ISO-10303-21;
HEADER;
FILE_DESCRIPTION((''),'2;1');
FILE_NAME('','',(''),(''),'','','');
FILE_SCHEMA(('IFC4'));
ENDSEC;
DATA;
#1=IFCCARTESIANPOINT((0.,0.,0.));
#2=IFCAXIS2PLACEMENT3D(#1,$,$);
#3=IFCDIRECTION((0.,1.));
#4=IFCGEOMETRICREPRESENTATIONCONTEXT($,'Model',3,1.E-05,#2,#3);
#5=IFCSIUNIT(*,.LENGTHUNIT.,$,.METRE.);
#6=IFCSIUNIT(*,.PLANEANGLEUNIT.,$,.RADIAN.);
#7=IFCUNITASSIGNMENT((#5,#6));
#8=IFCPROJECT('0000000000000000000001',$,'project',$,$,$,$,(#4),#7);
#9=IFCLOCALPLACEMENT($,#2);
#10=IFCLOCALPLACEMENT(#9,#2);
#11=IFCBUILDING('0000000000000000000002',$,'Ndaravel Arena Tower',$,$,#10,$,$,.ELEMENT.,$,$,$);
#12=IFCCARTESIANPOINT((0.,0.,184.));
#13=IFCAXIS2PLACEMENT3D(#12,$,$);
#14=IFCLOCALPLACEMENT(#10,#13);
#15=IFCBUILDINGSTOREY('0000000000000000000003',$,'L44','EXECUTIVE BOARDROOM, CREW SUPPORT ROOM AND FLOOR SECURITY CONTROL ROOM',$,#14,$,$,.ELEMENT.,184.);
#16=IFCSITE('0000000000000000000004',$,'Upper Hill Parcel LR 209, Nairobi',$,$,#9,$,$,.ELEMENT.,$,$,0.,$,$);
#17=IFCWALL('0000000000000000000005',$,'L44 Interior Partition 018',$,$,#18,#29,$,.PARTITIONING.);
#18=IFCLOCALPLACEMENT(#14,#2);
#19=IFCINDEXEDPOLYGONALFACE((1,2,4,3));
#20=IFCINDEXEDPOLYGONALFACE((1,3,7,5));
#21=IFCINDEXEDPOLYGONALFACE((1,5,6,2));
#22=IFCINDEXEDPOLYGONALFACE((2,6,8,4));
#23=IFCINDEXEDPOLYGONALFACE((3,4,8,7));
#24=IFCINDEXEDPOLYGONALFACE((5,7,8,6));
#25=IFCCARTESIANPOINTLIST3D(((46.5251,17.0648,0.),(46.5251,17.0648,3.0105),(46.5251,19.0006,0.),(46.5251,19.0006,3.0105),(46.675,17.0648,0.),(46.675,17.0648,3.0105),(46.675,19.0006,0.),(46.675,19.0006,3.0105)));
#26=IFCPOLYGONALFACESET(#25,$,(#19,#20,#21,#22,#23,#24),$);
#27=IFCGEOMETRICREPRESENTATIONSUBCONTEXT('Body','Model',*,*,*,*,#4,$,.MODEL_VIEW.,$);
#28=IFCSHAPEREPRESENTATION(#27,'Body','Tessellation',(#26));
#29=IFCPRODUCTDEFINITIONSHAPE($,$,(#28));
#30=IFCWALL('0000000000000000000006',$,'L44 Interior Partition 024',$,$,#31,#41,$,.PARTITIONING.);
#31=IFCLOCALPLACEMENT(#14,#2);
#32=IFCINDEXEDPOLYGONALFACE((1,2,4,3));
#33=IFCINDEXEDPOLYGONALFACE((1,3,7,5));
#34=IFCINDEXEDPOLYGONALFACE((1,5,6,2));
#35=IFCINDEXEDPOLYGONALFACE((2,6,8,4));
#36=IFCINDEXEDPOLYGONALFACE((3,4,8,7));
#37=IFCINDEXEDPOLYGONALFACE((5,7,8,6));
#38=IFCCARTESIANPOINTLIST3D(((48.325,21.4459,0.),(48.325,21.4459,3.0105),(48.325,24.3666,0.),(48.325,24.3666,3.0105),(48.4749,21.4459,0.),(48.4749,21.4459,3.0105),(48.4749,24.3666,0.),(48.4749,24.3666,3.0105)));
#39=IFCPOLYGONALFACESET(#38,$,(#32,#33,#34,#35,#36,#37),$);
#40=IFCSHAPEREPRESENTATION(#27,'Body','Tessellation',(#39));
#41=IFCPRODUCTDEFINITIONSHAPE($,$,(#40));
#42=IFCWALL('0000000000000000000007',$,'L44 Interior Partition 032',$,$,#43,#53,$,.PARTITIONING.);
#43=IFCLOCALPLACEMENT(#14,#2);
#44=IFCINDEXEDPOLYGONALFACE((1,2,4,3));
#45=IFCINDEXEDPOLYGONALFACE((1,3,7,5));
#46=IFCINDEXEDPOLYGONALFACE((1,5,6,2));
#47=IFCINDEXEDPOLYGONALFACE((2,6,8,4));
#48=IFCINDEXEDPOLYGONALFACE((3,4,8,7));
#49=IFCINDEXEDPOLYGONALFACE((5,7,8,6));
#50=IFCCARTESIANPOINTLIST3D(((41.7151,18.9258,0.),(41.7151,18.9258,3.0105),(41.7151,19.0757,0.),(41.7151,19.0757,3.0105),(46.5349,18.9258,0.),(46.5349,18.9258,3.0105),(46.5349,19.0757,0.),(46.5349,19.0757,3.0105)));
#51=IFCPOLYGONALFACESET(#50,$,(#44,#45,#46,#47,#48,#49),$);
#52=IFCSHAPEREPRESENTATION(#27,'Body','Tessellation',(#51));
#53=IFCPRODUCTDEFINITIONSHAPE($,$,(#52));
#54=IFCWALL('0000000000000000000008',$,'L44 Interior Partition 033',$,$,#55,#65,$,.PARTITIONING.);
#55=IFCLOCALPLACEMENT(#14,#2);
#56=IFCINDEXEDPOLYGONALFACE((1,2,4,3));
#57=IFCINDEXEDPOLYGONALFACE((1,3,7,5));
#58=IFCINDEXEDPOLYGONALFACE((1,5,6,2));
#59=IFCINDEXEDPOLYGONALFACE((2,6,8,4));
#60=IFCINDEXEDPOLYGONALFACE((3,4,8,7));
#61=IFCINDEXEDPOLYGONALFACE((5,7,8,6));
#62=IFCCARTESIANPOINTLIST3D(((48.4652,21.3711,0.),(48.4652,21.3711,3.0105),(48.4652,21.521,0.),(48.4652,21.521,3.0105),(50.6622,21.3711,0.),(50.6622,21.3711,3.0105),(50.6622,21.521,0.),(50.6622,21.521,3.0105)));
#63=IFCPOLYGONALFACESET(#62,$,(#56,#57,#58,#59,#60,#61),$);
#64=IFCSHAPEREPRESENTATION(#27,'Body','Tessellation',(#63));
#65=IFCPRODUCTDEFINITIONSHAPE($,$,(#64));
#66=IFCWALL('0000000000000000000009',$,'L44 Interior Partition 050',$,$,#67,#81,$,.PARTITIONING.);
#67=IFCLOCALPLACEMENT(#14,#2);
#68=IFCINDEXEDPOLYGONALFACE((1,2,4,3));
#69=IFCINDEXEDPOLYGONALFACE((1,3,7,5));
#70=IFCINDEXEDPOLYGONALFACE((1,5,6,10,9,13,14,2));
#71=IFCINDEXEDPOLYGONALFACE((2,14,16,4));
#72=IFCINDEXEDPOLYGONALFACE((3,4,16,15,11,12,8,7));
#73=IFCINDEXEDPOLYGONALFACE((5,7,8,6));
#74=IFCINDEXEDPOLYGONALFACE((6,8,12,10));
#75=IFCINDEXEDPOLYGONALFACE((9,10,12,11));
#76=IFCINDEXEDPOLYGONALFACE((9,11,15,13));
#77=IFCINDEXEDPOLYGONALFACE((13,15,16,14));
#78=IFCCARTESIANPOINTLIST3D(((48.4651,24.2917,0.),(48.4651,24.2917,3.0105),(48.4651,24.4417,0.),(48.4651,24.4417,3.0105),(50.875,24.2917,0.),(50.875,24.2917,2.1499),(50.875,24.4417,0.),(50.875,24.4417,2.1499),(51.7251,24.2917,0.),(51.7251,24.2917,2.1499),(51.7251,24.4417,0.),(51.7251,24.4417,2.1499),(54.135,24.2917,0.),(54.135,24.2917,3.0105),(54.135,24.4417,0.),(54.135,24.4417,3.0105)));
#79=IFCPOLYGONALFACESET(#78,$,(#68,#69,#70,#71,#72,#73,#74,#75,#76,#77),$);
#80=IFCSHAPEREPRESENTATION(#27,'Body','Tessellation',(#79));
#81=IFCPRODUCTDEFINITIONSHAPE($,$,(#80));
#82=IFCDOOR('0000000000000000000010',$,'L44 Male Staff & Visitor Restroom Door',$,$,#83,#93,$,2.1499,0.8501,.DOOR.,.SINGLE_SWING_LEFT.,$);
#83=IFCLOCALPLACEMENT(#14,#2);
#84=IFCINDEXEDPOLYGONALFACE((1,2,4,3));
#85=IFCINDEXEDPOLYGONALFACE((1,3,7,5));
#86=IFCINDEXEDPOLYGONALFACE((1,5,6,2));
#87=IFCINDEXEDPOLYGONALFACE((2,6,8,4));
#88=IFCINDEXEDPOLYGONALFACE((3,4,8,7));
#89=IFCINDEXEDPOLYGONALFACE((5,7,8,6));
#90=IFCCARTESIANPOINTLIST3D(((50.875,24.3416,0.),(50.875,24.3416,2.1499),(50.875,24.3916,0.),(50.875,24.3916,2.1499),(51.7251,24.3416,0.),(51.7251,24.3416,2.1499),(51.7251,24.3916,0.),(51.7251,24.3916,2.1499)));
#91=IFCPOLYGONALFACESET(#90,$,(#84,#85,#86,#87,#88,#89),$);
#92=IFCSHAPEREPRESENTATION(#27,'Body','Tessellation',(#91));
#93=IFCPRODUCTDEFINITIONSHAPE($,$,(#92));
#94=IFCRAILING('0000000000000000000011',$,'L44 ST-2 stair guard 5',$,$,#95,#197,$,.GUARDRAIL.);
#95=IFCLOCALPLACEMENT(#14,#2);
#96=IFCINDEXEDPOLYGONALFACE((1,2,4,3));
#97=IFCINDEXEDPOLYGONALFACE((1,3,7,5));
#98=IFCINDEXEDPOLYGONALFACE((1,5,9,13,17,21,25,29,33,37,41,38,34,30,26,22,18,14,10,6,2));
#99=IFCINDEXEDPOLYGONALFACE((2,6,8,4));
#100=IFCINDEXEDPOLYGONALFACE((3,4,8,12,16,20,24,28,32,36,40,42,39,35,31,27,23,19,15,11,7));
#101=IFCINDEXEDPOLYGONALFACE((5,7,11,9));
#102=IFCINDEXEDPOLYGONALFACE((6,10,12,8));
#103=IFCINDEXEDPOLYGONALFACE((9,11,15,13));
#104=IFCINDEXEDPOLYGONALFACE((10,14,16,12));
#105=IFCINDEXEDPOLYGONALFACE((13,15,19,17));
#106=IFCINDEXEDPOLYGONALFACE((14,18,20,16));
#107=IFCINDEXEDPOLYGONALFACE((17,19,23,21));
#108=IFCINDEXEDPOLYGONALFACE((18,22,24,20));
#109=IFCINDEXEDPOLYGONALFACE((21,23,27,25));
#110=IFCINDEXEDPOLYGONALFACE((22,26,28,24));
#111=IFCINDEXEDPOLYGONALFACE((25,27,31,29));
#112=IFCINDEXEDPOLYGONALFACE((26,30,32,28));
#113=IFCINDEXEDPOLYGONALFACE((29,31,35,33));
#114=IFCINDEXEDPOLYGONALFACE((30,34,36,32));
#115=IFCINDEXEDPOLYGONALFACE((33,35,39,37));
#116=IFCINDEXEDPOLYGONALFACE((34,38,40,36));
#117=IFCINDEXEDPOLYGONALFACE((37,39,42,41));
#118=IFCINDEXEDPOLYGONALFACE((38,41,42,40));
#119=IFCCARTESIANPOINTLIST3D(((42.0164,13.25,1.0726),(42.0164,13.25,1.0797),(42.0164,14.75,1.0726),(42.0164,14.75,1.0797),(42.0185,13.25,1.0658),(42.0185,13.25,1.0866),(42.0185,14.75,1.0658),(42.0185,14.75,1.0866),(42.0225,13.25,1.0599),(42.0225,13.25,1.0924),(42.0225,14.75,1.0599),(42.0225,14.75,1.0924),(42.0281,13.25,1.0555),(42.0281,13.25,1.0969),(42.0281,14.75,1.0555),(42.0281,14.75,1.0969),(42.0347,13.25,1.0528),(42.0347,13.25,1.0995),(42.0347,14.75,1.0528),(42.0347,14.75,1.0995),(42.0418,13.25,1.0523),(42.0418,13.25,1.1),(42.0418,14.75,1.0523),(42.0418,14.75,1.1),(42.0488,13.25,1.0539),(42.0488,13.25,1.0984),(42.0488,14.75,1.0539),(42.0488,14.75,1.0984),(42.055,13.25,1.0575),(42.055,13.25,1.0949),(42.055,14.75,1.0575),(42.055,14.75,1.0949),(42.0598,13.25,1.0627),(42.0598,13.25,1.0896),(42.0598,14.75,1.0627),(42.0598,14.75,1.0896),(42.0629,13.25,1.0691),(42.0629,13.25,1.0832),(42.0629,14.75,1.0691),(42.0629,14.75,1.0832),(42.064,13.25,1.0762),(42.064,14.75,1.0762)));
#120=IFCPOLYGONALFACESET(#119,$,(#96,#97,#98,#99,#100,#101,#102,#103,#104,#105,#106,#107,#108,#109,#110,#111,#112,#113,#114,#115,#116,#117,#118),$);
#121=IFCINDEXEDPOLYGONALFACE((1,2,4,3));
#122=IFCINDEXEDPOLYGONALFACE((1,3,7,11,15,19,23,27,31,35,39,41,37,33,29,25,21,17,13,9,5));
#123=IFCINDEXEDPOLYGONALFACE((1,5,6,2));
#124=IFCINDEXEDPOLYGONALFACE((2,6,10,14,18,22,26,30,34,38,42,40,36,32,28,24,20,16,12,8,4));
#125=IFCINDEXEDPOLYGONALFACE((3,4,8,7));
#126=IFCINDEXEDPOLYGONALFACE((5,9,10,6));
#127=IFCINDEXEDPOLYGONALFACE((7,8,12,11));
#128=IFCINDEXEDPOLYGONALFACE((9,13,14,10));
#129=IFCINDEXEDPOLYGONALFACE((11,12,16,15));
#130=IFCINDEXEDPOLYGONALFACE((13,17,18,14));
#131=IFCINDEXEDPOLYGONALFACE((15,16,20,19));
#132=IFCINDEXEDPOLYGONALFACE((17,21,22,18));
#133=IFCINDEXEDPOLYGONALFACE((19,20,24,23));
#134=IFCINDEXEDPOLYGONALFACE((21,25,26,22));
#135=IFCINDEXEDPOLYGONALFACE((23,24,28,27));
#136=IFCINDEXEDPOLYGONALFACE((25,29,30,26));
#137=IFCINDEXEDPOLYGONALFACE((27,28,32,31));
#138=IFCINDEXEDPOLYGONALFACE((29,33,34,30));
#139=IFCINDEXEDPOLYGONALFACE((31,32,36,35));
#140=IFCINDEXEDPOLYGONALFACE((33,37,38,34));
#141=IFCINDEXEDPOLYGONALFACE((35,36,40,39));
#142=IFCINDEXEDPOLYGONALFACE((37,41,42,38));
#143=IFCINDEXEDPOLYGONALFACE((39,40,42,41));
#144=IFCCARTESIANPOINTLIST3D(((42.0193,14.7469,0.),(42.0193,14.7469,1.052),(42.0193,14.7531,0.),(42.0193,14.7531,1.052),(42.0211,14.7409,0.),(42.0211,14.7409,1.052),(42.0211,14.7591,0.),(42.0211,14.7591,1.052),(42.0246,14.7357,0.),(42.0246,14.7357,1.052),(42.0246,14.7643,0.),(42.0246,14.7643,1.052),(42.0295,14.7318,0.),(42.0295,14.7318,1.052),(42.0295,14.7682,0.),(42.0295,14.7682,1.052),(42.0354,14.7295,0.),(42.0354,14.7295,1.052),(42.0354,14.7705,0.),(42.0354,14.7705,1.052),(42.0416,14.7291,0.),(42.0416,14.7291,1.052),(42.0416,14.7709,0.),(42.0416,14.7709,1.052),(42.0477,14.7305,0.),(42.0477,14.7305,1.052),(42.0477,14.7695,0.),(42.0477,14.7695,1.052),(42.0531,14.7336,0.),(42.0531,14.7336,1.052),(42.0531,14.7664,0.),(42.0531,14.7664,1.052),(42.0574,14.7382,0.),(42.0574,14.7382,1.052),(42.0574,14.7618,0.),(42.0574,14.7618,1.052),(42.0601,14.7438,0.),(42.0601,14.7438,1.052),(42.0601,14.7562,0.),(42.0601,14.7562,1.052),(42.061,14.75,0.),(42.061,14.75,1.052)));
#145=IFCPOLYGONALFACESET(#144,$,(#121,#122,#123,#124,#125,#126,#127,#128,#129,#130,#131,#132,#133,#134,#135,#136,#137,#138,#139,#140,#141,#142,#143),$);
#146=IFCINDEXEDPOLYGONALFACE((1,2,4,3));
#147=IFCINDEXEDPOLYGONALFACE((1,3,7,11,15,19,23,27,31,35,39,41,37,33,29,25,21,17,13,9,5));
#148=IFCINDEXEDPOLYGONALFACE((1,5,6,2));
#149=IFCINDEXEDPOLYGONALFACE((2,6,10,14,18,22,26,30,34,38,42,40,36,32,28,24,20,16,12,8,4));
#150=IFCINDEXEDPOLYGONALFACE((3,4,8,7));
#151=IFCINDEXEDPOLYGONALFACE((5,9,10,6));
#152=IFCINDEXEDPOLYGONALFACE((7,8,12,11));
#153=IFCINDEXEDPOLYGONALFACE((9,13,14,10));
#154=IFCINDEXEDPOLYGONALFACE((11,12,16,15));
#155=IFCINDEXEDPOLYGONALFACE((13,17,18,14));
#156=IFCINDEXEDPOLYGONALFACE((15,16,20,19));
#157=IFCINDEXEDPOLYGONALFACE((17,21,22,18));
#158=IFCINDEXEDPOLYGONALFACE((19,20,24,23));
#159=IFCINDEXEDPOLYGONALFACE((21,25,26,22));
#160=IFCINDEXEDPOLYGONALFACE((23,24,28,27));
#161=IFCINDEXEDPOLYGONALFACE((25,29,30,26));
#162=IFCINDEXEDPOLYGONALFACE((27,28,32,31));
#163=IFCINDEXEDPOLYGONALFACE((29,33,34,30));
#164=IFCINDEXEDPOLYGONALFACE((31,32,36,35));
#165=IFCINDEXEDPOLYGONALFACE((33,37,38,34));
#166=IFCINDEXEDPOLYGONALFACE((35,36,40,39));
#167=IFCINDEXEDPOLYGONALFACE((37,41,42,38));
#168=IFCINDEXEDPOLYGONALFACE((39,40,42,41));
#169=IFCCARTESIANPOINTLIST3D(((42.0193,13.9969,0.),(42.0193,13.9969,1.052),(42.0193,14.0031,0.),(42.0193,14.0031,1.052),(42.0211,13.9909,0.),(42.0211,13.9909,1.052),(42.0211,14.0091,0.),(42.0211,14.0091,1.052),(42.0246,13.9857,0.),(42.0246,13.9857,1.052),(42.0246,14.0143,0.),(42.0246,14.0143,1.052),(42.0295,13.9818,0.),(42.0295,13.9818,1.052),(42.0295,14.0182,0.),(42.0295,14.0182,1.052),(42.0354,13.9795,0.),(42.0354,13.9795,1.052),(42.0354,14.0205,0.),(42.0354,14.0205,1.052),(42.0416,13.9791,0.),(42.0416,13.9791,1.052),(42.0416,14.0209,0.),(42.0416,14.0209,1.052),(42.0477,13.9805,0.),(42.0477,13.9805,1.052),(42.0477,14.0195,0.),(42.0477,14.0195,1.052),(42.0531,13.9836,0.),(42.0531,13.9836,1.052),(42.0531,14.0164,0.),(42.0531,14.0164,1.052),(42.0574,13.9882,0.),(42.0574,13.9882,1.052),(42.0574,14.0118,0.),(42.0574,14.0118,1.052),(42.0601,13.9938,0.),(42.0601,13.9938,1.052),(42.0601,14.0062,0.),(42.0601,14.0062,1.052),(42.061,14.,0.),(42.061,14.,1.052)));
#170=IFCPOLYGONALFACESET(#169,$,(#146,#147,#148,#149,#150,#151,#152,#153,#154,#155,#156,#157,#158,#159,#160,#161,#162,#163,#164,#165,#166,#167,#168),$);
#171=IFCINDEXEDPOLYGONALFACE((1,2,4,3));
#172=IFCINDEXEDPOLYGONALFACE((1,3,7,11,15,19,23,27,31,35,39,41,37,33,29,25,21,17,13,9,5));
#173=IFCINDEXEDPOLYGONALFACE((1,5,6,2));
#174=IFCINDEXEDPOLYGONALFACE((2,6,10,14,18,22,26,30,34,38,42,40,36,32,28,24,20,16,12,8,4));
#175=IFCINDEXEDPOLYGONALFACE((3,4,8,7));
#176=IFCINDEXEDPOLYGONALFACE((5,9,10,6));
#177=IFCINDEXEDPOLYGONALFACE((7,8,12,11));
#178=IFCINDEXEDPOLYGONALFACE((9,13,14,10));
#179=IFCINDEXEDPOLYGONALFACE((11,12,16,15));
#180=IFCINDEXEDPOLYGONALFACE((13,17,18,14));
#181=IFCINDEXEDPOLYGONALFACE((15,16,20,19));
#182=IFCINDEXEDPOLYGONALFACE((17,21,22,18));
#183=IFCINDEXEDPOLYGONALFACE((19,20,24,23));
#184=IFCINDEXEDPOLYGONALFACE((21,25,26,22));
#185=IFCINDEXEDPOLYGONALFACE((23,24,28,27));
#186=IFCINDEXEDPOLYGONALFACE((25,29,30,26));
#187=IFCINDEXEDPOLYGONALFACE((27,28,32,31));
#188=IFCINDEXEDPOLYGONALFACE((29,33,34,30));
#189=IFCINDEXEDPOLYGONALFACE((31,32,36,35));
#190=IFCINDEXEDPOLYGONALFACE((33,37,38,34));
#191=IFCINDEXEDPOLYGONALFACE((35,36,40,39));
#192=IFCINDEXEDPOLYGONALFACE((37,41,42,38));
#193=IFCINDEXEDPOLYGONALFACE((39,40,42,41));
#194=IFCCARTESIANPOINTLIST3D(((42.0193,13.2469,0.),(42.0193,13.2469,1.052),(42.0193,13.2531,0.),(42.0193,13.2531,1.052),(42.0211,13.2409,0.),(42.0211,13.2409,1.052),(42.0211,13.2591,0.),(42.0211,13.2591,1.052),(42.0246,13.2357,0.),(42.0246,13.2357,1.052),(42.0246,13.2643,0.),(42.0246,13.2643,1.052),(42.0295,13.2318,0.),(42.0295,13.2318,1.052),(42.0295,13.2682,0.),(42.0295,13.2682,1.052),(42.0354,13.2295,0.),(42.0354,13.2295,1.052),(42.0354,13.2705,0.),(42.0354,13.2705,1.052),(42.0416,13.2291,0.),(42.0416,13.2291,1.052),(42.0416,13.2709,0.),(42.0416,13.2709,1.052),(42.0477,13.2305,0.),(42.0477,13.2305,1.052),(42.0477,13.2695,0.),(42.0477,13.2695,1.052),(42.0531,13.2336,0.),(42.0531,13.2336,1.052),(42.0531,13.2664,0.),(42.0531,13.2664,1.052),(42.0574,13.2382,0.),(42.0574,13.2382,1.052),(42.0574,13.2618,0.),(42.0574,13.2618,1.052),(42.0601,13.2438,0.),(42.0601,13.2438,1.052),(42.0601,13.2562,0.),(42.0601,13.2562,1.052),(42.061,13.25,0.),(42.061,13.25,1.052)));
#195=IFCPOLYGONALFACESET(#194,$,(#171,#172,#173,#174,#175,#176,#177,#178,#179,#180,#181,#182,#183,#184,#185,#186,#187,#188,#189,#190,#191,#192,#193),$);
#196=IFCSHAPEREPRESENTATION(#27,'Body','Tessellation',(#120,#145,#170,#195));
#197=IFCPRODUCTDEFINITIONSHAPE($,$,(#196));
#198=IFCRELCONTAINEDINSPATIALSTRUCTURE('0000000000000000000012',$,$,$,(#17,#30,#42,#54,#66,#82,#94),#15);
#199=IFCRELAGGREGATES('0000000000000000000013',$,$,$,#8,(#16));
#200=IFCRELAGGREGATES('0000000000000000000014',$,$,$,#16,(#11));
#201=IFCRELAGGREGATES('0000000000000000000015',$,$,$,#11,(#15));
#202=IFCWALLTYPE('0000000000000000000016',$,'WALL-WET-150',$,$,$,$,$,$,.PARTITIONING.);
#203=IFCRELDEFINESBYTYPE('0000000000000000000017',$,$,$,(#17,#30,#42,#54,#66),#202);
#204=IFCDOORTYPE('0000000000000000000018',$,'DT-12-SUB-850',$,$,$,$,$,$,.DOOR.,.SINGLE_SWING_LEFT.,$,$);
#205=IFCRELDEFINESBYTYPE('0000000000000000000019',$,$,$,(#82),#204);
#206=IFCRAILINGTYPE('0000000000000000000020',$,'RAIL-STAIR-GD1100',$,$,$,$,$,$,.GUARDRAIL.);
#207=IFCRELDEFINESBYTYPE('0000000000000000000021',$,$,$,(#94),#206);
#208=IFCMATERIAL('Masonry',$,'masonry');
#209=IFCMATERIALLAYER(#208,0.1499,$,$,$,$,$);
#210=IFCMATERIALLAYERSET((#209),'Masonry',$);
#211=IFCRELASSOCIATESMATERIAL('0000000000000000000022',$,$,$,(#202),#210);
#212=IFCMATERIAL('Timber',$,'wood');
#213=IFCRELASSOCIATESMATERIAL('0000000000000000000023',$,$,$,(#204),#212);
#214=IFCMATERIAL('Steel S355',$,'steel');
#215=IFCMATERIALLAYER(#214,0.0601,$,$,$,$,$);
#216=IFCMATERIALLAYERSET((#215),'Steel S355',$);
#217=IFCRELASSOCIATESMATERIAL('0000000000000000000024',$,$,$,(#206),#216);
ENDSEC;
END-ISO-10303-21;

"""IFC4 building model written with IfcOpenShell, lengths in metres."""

from ifc_helpers import new_model, si_unit, direction, frame, frame_2d, origin, origin_2d, place, context, subcontext, project, spatial, rectangle, circle, extrude, material, layer, layer_set, type_object, element, fill, save


model = new_model("IFC4")

# Units and contexts
model_context = context("Model", 3, precision=1e-05, world=origin(), true_north=direction((0.0, 1.0)))
body_context = subcontext(model_context, "Body", "Model", "MODEL_VIEW")
ifc_project = project(units=[si_unit("LENGTHUNIT", "METRE"), si_unit("PLANEANGLEUNIT", "RADIAN")], contexts=[model_context])

# Site, building, storey
site_placement = place(None, origin())
site = spatial("IfcSite", under=ifc_project, at=site_placement, Name="Upper Hill Parcel LR 209, Nairobi", CompositionType="ELEMENT", RefElevation=0.0)
building_placement = place(site_placement, origin())
building = spatial("IfcBuilding", under=site, at=building_placement, Name="Ndaravel Arena Tower", CompositionType="ELEMENT")
storey_placement = place(building_placement, frame((0.0, 0.0, 184.0)))
storey = spatial("IfcBuildingStorey", under=building, at=storey_placement, Name="L44", Description="EXECUTIVE BOARDROOM, CREW SUPPORT ROOM AND FLOOR SECURITY CONTROL ROOM", CompositionType="ELEMENT", Elevation=184.0)

# Walls
ifc_material_1 = material(Name="Masonry", Category="masonry")
ifc_layer_1 = layer(ifc_material_1, 0.1499)
ifc_layer_set_1 = layer_set([ifc_layer_1], Name="Masonry")
wall_type_1 = type_object("IfcWallType", Name="WALL-WET-150", PredefinedType="PARTITIONING", material=ifc_layer_set_1)
wall_1_placement = place(storey_placement, frame((46.6001, 17.0649, 0.0), z_axis=(0.0, 0.0, 1.0), x_axis=(0.0, 1.0, 0.0)))
element("IfcWall", 1, at=wall_1_placement, inside=storey, type_object=wall_type_1, Name="L44 Interior Partition 018", PredefinedType="PARTITIONING", context=body_context, shape_type="SweptSolid", body=[
    extrude(rectangle(XDim=1.9358, YDim=0.1499, at=frame_2d((0.9678, 0.0))), origin(), (0.0, 0.0, 1.0), 3.0105),
])
wall_2_placement = place(storey_placement, frame((48.3999, 24.3667, 0.0), z_axis=(0.0, 0.0, 1.0), x_axis=(0.0, -1.0, 0.0)))
element("IfcWall", 2, at=wall_2_placement, inside=storey, type_object=wall_type_1, Name="L44 Interior Partition 024", PredefinedType="PARTITIONING", context=body_context, shape_type="SweptSolid", body=[
    extrude(rectangle(XDim=2.9207, YDim=0.1499, at=frame_2d((1.4604, 0.0))), origin(), (0.0, 0.0, 1.0), 3.0105),
])
wall_3_placement = place(storey_placement, frame((41.7151, 19.0007, 0.0), z_axis=(0.0, 0.0, 1.0), x_axis=(1.0, 0.0, 0.0)))
element("IfcWall", 3, at=wall_3_placement, inside=storey, type_object=wall_type_1, Name="L44 Interior Partition 032", PredefinedType="PARTITIONING", context=body_context, shape_type="SweptSolid", body=[
    extrude(rectangle(XDim=4.8198, YDim=0.1499, at=frame_2d((2.4099, 0.0))), origin(), (0.0, 0.0, 1.0), 3.0105),
])
wall_4_placement = place(storey_placement, frame((48.4651, 21.446, 0.0), z_axis=(0.0, 0.0, 1.0), x_axis=(1.0, 0.0, 0.0)))
element("IfcWall", 4, at=wall_4_placement, inside=storey, type_object=wall_type_1, Name="L44 Interior Partition 033", PredefinedType="PARTITIONING", context=body_context, shape_type="SweptSolid", body=[
    extrude(rectangle(XDim=2.197, YDim=0.1499, at=frame_2d((1.0986, 0.0))), origin(), (0.0, 0.0, 1.0), 3.0105),
])

# Wall, opening, door
wall_5_placement = place(storey_placement, frame((48.4651, 24.3667, 0.0), z_axis=(0.0, 0.0, 1.0), x_axis=(1.0, 0.0, 0.0)))
wall_5 = element("IfcWall", 5, at=wall_5_placement, inside=storey, type_object=wall_type_1, Name="L44 Interior Partition 050", PredefinedType="PARTITIONING", context=body_context, shape_type="SweptSolid", body=[
    extrude(rectangle(XDim=5.6699, YDim=0.1499, at=frame_2d((2.835, 0.0))), origin(), (0.0, 0.0, 1.0), 3.0105),
])
opening_1_placement = place(wall_5_placement, frame((2.4099, 0.0, 0.0)))
opening_1 = element("IfcOpeningElement", 6, at=opening_1_placement, cuts=wall_5, PredefinedType="OPENING", context=body_context, shape_type="SweptSolid", body=[
    extrude(rectangle(XDim=0.8501, YDim=2.1499, at=frame_2d((0.425, 1.075))), frame((0.0, 0.075, 0.0), z_axis=(0.0, -1.0, 0.0), x_axis=(1.0, 0.0, 0.0)), (0.0, 0.0, 1.0), 0.1499),
])
ifc_material_2 = material(Name="Timber", Category="wood")
door_type_1 = type_object("IfcDoorType", Name="DT-12-SUB-850", OperationType="SINGLE_SWING_LEFT", PredefinedType="DOOR", material=ifc_material_2)
door_1_placement = place(opening_1_placement, origin())
door_1 = element("IfcDoor", 7, at=door_1_placement, inside=storey, type_object=door_type_1, Name="L44 Male Staff & Visitor Restroom Door", OperationType="SINGLE_SWING_LEFT", OverallHeight=2.1499, OverallWidth=0.8501, PredefinedType="DOOR", context=body_context, shape_type="SweptSolid", body=[
    extrude(rectangle(XDim=0.8501, YDim=2.1499, at=frame_2d((0.425, 1.075))), frame((0.0, 0.0249, 0.0), z_axis=(0.0, -1.0, 0.0), x_axis=(1.0, 0.0, 0.0)), (0.0, 0.0, 1.0), 0.05),
])
fill(opening_1, door_1)

# Railing
ifc_material_3 = material(Name="Steel S355", Category="steel")
ifc_layer_2 = layer(ifc_material_3, 0.0601)
ifc_layer_set_2 = layer_set([ifc_layer_2], Name="Steel S355")
railing_type = type_object("IfcRailingType", Name="RAIL-STAIR-GD1100", PredefinedType="GUARDRAIL", material=ifc_layer_set_2)
railing_placement = place(storey_placement, frame((42.04, 14.75, 0.0)))
element("IfcRailing", 8, at=railing_placement, inside=storey, type_object=railing_type, Name="L44 ST-2 stair guard 5", PredefinedType="GUARDRAIL", context=body_context, shape_type="SweptSolid", body=[
    extrude(circle(Radius=0.0239, at=origin_2d()), frame((0.0, 0.0, 1.0762), z_axis=(0.0, -1.0, 0.0), x_axis=(1.0, 0.0, 0.0)), (0.0, 0.0, 1.0), 1.5),
    extrude(circle(Radius=0.021, at=origin_2d()), origin(), (0.0, 0.0, 1.0), 1.052),
    extrude(circle(Radius=0.021, at=origin_2d()), frame((0.0, -0.75, 0.0)), (0.0, 0.0, 1.0), 1.052),
    extrude(circle(Radius=0.021, at=origin_2d()), frame((0.0, -1.5, 0.0)), (0.0, 0.0, 1.0), 1.052),
])

save(model, "model.ifc")
